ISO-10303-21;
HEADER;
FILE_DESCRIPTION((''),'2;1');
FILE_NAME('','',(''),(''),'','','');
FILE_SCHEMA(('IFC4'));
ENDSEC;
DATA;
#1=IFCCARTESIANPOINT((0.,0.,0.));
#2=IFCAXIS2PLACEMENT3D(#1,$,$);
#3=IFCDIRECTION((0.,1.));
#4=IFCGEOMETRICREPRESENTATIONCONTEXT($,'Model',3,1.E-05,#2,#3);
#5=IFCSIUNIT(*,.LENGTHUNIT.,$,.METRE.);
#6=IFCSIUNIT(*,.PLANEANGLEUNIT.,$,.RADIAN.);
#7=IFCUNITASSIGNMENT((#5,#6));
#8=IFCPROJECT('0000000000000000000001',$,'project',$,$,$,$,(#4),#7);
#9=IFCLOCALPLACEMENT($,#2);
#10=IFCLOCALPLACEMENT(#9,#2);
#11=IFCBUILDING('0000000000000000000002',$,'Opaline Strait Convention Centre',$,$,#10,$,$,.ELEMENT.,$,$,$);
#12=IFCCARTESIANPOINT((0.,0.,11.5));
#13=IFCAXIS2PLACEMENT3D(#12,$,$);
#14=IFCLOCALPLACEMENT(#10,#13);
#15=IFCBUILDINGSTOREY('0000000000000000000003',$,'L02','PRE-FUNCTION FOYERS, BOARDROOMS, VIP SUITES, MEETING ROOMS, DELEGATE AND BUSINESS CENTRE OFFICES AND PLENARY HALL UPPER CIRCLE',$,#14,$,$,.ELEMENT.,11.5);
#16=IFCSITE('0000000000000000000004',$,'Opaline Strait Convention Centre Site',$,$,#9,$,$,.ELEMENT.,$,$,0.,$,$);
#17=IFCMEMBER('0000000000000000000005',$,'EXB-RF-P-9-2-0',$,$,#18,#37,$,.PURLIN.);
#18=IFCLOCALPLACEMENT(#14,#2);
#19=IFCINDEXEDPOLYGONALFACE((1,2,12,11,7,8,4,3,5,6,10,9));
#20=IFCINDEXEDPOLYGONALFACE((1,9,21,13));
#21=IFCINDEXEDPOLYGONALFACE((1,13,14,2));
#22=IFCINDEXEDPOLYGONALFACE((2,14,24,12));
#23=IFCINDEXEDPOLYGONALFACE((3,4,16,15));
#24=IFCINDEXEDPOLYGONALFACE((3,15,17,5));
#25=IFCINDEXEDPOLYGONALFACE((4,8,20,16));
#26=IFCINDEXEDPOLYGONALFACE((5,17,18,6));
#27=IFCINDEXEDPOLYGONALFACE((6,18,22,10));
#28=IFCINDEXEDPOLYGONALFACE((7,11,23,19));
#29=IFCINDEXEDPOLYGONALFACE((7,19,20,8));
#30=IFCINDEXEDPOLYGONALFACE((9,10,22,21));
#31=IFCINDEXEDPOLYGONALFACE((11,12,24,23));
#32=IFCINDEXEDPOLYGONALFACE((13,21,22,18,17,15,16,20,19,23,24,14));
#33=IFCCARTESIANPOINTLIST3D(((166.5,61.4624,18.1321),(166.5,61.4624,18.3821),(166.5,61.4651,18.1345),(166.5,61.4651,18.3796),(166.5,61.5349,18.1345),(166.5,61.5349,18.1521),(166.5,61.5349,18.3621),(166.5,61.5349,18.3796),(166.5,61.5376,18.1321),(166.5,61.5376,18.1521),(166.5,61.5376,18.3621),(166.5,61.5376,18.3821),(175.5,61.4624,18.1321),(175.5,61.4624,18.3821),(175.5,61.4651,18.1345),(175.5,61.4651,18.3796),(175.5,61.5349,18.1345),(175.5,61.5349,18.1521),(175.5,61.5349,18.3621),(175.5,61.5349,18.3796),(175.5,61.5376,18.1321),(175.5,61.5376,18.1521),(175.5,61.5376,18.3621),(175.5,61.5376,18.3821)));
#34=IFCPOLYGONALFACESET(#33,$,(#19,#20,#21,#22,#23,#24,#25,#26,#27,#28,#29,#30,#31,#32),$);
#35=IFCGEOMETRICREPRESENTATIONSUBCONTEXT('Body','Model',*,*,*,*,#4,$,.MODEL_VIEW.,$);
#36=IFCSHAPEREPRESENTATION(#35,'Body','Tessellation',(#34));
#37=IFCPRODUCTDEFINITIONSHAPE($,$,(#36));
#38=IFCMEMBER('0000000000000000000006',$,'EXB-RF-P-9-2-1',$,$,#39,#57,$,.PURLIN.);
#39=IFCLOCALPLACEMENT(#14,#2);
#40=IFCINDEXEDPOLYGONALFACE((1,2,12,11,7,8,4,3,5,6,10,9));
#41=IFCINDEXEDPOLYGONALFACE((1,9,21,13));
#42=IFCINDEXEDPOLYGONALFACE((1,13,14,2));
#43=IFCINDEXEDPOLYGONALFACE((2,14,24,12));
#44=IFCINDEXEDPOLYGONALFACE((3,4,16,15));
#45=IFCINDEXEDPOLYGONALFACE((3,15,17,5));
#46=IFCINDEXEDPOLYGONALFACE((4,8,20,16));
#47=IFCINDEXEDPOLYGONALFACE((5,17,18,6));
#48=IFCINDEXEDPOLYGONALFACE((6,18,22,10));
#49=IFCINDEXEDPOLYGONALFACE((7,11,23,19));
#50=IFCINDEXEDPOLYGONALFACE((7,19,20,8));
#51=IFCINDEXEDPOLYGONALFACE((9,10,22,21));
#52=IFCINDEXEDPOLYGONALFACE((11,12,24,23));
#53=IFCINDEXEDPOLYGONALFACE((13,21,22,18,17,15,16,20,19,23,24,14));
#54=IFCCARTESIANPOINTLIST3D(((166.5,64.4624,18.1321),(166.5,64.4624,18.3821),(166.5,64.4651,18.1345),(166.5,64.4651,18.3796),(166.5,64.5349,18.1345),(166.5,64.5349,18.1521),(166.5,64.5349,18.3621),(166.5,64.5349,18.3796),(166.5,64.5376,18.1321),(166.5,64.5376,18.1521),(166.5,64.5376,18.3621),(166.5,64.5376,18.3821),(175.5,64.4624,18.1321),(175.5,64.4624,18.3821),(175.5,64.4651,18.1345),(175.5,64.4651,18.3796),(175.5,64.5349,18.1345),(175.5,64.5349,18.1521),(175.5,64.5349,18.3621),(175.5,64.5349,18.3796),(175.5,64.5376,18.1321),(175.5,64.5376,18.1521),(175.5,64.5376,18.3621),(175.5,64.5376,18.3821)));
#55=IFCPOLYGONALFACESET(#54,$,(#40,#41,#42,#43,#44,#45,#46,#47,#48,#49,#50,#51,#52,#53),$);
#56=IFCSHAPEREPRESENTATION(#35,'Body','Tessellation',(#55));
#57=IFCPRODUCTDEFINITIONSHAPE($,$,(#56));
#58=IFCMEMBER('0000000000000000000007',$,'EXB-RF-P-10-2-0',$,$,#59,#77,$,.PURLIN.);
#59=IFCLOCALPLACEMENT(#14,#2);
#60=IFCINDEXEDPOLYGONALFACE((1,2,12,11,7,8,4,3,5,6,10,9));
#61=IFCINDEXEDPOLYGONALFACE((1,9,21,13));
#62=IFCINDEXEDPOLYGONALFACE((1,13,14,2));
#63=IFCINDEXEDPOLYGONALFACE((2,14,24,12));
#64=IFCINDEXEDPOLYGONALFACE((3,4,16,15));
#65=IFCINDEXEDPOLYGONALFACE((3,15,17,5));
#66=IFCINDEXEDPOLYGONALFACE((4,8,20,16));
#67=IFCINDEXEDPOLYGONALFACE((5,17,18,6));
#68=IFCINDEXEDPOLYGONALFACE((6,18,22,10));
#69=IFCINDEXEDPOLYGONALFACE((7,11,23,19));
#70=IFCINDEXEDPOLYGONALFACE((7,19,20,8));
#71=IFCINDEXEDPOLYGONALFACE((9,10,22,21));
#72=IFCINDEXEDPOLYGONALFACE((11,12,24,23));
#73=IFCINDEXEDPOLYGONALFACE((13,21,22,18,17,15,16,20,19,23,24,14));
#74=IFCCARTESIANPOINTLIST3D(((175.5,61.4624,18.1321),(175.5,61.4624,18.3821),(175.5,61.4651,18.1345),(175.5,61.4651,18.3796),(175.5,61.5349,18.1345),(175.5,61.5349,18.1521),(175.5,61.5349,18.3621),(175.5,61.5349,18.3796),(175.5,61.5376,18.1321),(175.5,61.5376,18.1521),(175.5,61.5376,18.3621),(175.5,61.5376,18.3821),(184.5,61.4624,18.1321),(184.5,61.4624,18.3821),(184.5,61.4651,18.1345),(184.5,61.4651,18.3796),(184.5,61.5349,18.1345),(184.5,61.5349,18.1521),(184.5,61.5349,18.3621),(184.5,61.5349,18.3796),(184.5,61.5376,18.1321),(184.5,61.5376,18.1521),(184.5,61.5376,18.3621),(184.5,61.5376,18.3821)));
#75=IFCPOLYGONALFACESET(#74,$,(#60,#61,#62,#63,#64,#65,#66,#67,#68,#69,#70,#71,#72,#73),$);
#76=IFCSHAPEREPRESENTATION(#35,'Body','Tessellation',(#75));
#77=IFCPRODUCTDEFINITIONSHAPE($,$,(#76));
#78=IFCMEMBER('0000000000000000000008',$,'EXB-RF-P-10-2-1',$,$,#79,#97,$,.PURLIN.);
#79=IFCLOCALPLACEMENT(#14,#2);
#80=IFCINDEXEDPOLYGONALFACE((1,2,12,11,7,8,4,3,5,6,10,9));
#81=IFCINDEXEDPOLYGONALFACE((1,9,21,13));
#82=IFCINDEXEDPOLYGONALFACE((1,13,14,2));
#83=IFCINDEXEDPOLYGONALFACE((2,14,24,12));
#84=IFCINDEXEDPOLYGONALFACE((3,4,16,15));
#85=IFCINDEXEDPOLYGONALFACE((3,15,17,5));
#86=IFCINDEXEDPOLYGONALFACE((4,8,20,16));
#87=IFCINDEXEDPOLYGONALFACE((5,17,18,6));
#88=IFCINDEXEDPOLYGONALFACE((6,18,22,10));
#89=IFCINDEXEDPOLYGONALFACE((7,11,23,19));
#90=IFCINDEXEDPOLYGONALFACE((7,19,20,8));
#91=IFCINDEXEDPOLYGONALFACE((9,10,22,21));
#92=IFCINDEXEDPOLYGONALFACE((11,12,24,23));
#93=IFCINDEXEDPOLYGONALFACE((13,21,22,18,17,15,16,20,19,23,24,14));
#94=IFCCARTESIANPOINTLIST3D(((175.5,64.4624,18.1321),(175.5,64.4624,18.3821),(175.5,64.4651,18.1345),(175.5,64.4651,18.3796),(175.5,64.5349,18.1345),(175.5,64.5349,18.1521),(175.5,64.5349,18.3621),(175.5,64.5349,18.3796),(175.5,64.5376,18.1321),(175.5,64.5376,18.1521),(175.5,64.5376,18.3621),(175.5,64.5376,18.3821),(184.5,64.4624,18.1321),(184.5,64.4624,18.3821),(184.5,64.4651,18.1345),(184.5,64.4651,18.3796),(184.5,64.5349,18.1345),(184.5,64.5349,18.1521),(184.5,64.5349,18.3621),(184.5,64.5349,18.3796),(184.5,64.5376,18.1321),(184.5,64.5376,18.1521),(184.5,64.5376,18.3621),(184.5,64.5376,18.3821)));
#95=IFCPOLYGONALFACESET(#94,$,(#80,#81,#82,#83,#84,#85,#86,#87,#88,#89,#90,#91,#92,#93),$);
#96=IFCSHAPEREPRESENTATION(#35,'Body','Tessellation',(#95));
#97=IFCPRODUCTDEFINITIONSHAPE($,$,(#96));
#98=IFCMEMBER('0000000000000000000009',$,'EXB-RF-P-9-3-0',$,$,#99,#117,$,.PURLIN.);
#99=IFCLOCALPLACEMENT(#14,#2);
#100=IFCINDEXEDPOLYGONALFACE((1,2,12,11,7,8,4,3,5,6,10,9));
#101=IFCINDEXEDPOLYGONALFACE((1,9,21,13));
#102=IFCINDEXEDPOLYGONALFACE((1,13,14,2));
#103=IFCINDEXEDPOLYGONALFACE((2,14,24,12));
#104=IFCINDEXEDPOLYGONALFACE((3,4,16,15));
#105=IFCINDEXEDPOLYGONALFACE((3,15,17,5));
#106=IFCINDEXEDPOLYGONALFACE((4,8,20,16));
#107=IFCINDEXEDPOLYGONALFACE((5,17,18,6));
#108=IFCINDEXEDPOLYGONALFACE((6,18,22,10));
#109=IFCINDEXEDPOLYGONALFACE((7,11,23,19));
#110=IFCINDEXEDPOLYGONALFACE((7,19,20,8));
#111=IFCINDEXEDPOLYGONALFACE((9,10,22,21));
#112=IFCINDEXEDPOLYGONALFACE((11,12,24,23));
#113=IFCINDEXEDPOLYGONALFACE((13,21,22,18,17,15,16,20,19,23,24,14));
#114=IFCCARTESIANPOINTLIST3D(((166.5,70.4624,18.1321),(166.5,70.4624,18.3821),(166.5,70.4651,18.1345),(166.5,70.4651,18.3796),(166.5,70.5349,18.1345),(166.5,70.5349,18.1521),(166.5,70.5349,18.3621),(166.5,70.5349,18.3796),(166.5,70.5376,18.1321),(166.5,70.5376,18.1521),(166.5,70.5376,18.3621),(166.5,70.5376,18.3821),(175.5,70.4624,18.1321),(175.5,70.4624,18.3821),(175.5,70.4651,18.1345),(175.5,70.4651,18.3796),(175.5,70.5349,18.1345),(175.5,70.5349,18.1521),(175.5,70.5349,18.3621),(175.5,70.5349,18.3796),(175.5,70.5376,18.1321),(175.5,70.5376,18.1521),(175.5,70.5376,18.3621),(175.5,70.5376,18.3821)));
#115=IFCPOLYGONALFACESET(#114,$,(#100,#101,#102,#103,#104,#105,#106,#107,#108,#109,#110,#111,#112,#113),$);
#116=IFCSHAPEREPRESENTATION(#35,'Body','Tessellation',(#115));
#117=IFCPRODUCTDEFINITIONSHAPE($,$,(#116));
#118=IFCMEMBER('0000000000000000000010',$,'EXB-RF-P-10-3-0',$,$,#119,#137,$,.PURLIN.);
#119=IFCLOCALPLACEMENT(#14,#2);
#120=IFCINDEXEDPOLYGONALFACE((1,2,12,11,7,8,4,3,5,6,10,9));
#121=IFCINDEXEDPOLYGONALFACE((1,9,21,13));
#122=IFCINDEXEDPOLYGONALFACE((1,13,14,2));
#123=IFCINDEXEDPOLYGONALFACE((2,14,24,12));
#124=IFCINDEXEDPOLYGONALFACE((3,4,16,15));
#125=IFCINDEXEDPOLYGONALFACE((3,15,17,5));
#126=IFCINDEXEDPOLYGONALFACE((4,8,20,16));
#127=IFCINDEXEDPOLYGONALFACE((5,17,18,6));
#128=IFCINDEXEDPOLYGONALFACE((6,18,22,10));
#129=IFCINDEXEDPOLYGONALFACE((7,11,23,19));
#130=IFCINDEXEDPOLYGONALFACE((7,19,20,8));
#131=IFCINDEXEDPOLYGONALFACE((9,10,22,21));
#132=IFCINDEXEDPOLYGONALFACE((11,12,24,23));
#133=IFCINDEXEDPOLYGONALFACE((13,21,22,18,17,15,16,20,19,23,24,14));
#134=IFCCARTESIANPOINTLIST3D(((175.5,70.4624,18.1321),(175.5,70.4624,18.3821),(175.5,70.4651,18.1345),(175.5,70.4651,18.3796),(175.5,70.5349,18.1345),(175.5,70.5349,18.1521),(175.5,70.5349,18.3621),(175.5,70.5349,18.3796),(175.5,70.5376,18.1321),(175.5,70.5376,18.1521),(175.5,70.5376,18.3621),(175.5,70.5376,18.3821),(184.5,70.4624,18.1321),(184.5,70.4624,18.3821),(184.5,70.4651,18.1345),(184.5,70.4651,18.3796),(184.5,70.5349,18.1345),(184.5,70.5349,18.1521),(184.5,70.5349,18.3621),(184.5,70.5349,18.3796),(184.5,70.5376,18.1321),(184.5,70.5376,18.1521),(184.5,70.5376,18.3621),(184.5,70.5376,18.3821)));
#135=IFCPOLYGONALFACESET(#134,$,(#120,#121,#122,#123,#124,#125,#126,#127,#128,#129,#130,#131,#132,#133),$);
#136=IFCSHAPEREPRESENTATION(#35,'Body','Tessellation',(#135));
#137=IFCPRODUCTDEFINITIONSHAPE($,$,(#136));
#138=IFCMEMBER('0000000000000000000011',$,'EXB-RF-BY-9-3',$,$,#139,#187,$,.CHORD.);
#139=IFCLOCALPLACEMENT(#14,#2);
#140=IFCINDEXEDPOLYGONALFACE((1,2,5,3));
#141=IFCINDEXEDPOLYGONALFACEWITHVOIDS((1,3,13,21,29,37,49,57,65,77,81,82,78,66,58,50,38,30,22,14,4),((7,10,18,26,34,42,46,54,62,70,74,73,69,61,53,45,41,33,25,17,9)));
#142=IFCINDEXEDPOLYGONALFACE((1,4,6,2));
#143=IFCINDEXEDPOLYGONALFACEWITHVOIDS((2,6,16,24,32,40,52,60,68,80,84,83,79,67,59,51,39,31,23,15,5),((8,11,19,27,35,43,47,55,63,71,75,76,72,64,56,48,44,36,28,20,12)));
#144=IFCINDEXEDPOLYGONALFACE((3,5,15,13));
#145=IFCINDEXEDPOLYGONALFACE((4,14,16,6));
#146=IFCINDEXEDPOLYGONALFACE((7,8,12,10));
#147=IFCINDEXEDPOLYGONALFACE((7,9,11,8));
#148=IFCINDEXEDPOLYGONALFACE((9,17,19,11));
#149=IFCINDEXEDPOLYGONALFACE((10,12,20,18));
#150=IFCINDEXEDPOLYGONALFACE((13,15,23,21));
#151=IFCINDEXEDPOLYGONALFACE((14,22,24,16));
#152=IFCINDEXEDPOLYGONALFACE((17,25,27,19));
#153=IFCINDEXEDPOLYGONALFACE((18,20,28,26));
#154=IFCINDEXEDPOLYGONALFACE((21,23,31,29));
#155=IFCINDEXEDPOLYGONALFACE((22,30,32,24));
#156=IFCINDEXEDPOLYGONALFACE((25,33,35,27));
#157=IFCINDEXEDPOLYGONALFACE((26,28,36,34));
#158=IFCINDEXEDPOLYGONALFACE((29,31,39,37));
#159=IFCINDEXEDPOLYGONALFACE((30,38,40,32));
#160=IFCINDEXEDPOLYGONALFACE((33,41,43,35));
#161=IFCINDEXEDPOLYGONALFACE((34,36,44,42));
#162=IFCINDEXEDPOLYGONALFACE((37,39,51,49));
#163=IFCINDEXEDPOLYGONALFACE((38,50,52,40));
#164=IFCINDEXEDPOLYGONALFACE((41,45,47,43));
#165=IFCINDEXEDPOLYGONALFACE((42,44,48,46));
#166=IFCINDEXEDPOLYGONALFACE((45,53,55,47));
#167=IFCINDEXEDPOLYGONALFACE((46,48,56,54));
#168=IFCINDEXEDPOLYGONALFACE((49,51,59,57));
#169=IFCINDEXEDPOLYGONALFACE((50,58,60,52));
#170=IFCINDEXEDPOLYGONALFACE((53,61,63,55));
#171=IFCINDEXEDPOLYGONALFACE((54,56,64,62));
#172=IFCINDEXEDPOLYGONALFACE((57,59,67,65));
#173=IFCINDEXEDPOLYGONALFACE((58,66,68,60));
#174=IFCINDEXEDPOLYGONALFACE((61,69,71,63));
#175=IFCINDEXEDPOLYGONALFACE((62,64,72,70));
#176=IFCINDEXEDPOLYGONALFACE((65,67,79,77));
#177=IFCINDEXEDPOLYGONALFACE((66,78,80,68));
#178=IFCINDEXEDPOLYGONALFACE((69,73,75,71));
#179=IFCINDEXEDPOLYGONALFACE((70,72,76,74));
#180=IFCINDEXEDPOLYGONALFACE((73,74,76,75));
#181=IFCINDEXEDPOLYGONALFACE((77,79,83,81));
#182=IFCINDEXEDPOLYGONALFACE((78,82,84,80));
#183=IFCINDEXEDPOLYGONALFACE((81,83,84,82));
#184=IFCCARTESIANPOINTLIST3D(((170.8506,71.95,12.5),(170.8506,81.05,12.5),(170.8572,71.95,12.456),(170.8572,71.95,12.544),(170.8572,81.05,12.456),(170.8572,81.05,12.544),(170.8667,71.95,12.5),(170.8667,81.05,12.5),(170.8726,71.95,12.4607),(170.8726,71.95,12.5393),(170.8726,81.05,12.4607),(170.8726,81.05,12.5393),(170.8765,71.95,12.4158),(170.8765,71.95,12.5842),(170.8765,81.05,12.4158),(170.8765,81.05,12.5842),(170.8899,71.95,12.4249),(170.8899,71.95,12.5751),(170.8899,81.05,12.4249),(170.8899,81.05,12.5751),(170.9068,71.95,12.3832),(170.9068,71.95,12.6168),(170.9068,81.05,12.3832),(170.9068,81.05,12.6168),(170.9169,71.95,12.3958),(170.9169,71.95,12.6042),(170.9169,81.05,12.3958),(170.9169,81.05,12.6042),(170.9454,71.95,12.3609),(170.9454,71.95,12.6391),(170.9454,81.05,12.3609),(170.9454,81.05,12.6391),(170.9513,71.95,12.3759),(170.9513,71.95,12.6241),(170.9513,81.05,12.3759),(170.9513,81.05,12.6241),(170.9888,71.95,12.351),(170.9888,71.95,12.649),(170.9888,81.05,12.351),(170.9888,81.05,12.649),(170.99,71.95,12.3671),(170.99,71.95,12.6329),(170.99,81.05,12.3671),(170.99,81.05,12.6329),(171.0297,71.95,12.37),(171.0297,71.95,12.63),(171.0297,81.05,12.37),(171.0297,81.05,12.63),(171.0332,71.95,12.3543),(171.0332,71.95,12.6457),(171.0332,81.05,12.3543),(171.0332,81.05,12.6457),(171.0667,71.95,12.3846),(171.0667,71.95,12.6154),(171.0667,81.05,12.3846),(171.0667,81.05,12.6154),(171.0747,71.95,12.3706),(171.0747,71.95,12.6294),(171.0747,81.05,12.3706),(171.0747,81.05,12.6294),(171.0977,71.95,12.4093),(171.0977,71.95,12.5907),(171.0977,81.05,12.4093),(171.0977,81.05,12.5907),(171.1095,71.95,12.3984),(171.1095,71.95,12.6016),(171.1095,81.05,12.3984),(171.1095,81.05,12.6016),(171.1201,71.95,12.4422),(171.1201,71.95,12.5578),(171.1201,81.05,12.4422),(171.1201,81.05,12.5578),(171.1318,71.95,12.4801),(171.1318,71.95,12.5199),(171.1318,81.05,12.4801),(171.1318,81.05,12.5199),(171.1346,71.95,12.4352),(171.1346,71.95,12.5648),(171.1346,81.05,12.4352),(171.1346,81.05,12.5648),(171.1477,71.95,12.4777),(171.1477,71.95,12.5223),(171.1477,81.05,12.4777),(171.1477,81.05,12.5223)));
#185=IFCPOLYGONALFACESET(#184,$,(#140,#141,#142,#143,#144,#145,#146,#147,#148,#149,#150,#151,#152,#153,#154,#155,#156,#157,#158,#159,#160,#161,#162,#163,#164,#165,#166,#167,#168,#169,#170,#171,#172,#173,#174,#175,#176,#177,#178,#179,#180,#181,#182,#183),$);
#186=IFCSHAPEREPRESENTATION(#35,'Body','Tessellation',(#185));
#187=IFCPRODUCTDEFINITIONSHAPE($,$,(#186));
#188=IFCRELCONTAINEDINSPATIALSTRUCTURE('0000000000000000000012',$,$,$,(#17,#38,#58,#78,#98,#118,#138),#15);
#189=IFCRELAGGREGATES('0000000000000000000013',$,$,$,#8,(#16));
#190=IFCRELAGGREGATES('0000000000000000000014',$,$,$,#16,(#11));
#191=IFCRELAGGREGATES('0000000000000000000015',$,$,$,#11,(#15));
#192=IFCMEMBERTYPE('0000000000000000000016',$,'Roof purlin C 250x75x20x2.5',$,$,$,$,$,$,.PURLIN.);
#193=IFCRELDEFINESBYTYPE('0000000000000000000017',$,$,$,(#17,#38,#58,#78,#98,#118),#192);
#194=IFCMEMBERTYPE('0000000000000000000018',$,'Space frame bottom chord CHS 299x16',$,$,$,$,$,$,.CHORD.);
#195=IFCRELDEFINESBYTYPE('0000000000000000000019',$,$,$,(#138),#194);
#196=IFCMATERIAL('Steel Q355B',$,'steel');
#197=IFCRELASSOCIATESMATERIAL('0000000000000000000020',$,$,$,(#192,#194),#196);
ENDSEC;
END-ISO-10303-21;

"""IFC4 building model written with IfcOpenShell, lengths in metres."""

from ifc_helpers import new_model, si_unit, direction, frame, origin, origin_2d, place, context, subcontext, project, spatial, polyline, hollow_circle, outline, extrude, material, material_profile, profile_set, type_object, element, save


model = new_model("IFC4")

# Units and contexts
model_context = context("Model", 3, precision=1e-05, world=origin(), true_north=direction((0.0, 1.0)))
body_context = subcontext(model_context, "Body", "Model", "MODEL_VIEW")
ifc_project = project(units=[si_unit("LENGTHUNIT", "METRE"), si_unit("PLANEANGLEUNIT", "RADIAN")], contexts=[model_context])

# Site, building, storey
site_placement = place(None, origin())
site = spatial("IfcSite", under=ifc_project, at=site_placement, Name="Opaline Strait Convention Centre Site", CompositionType="ELEMENT", RefElevation=0.0)
building_placement = place(site_placement, origin())
building = spatial("IfcBuilding", under=site, at=building_placement, Name="Opaline Strait Convention Centre", CompositionType="ELEMENT")
storey_placement = place(building_placement, frame((0.0, 0.0, 11.5)))
storey = spatial("IfcBuildingStorey", under=building, at=storey_placement, Name="L02", Description="PRE-FUNCTION FOYERS, BOARDROOMS, VIP SUITES, MEETING ROOMS, DELEGATE AND BUSINESS CENTRE OFFICES AND PLENARY HALL UPPER CIRCLE", CompositionType="ELEMENT", Elevation=11.5)

# Members
ifc_material = material(Name="Steel Q355B", Category="steel")
ifc_material_profile_1 = material_profile(ifc_material, outline(polyline([(-0.0376, -0.125), (0.0376, -0.125), (0.0376, -0.105), (0.0349, -0.105), (0.0349, -0.1226), (-0.0349, -0.1226), (-0.0349, 0.1226), (0.0349, 0.1226), (0.0349, 0.105), (0.0376, 0.105), (0.0376, 0.125), (-0.0376, 0.125), (-0.0376, -0.125)])), Name="C 250x75x20x2.5")
ifc_profile_set_1 = profile_set([ifc_material_profile_1], Name="Steel Q355B")
member_type_1 = type_object("IfcMemberType", Name="Roof purlin C 250x75x20x2.5", PredefinedType="PURLIN", material=ifc_profile_set_1)
for number, where, z_axis, x_axis, name in (
    (1, (166.5, 61.5, 18.2571), (1.0, 0.0, 0.0), (0.0, 1.0, 0.0), "EXB-RF-P-9-2-0"),
    (2, (166.5, 64.5, 18.2571), (1.0, 0.0, 0.0), (0.0, 1.0, 0.0), "EXB-RF-P-9-2-1"),
    (3, (175.5, 61.5, 18.2571), (1.0, 0.0, 0.0), (0.0, 1.0, 0.0), "EXB-RF-P-10-2-0"),
    (4, (175.5, 64.5, 18.2571), (1.0, 0.0, 0.0), (0.0, 1.0, 0.0), "EXB-RF-P-10-2-1"),
    (5, (166.5, 70.5, 18.2571), (1.0, 0.0, 0.0), (0.0, 1.0, 0.0), "EXB-RF-P-9-3-0"),
    (6, (175.5, 70.5, 18.2571), (1.0, 0.0, 0.0), (0.0, 1.0, 0.0), "EXB-RF-P-10-3-0"),
):
    element("IfcMember", number, at=place(storey_placement, frame(where, z_axis=z_axis, x_axis=x_axis)), inside=storey, type_object=member_type_1, Name=name, PredefinedType="PURLIN", context=body_context, shape_type="SweptSolid", body=[
        extrude(outline(polyline([(-0.0376, -0.125), (0.0376, -0.125), (0.0376, -0.105), (0.0349, -0.105), (0.0349, -0.1226), (-0.0349, -0.1226), (-0.0349, 0.1226), (0.0349, 0.1226), (0.0349, 0.105), (0.0376, 0.105), (0.0376, 0.125), (-0.0376, 0.125), (-0.0376, -0.125)])), origin(), (0.0, 0.0, 1.0), 9.0),
    ])
ifc_material_profile_2 = material_profile(ifc_material, hollow_circle(Radius=0.1494, WallThickness=0.0161, at=origin_2d()), Name="CHS 299x16")
ifc_profile_set_2 = profile_set([ifc_material_profile_2], Name="Steel Q355B")
member_type_2 = type_object("IfcMemberType", Name="Space frame bottom chord CHS 299x16", PredefinedType="CHORD", material=ifc_profile_set_2)
member_1_placement = place(storey_placement, frame((171.0, 71.95, 12.5), z_axis=(0.0, 1.0, 0.0), x_axis=(-1.0, 0.0, 0.0)))
element("IfcMember", 7, at=member_1_placement, inside=storey, type_object=member_type_2, Name="EXB-RF-BY-9-3", PredefinedType="CHORD", context=body_context, shape_type="SweptSolid", body=[
    extrude(hollow_circle(Radius=0.1494, WallThickness=0.0161, at=origin_2d()), origin(), (0.0, 0.0, 1.0), 9.1001),
])

save(model, "model.ifc")
